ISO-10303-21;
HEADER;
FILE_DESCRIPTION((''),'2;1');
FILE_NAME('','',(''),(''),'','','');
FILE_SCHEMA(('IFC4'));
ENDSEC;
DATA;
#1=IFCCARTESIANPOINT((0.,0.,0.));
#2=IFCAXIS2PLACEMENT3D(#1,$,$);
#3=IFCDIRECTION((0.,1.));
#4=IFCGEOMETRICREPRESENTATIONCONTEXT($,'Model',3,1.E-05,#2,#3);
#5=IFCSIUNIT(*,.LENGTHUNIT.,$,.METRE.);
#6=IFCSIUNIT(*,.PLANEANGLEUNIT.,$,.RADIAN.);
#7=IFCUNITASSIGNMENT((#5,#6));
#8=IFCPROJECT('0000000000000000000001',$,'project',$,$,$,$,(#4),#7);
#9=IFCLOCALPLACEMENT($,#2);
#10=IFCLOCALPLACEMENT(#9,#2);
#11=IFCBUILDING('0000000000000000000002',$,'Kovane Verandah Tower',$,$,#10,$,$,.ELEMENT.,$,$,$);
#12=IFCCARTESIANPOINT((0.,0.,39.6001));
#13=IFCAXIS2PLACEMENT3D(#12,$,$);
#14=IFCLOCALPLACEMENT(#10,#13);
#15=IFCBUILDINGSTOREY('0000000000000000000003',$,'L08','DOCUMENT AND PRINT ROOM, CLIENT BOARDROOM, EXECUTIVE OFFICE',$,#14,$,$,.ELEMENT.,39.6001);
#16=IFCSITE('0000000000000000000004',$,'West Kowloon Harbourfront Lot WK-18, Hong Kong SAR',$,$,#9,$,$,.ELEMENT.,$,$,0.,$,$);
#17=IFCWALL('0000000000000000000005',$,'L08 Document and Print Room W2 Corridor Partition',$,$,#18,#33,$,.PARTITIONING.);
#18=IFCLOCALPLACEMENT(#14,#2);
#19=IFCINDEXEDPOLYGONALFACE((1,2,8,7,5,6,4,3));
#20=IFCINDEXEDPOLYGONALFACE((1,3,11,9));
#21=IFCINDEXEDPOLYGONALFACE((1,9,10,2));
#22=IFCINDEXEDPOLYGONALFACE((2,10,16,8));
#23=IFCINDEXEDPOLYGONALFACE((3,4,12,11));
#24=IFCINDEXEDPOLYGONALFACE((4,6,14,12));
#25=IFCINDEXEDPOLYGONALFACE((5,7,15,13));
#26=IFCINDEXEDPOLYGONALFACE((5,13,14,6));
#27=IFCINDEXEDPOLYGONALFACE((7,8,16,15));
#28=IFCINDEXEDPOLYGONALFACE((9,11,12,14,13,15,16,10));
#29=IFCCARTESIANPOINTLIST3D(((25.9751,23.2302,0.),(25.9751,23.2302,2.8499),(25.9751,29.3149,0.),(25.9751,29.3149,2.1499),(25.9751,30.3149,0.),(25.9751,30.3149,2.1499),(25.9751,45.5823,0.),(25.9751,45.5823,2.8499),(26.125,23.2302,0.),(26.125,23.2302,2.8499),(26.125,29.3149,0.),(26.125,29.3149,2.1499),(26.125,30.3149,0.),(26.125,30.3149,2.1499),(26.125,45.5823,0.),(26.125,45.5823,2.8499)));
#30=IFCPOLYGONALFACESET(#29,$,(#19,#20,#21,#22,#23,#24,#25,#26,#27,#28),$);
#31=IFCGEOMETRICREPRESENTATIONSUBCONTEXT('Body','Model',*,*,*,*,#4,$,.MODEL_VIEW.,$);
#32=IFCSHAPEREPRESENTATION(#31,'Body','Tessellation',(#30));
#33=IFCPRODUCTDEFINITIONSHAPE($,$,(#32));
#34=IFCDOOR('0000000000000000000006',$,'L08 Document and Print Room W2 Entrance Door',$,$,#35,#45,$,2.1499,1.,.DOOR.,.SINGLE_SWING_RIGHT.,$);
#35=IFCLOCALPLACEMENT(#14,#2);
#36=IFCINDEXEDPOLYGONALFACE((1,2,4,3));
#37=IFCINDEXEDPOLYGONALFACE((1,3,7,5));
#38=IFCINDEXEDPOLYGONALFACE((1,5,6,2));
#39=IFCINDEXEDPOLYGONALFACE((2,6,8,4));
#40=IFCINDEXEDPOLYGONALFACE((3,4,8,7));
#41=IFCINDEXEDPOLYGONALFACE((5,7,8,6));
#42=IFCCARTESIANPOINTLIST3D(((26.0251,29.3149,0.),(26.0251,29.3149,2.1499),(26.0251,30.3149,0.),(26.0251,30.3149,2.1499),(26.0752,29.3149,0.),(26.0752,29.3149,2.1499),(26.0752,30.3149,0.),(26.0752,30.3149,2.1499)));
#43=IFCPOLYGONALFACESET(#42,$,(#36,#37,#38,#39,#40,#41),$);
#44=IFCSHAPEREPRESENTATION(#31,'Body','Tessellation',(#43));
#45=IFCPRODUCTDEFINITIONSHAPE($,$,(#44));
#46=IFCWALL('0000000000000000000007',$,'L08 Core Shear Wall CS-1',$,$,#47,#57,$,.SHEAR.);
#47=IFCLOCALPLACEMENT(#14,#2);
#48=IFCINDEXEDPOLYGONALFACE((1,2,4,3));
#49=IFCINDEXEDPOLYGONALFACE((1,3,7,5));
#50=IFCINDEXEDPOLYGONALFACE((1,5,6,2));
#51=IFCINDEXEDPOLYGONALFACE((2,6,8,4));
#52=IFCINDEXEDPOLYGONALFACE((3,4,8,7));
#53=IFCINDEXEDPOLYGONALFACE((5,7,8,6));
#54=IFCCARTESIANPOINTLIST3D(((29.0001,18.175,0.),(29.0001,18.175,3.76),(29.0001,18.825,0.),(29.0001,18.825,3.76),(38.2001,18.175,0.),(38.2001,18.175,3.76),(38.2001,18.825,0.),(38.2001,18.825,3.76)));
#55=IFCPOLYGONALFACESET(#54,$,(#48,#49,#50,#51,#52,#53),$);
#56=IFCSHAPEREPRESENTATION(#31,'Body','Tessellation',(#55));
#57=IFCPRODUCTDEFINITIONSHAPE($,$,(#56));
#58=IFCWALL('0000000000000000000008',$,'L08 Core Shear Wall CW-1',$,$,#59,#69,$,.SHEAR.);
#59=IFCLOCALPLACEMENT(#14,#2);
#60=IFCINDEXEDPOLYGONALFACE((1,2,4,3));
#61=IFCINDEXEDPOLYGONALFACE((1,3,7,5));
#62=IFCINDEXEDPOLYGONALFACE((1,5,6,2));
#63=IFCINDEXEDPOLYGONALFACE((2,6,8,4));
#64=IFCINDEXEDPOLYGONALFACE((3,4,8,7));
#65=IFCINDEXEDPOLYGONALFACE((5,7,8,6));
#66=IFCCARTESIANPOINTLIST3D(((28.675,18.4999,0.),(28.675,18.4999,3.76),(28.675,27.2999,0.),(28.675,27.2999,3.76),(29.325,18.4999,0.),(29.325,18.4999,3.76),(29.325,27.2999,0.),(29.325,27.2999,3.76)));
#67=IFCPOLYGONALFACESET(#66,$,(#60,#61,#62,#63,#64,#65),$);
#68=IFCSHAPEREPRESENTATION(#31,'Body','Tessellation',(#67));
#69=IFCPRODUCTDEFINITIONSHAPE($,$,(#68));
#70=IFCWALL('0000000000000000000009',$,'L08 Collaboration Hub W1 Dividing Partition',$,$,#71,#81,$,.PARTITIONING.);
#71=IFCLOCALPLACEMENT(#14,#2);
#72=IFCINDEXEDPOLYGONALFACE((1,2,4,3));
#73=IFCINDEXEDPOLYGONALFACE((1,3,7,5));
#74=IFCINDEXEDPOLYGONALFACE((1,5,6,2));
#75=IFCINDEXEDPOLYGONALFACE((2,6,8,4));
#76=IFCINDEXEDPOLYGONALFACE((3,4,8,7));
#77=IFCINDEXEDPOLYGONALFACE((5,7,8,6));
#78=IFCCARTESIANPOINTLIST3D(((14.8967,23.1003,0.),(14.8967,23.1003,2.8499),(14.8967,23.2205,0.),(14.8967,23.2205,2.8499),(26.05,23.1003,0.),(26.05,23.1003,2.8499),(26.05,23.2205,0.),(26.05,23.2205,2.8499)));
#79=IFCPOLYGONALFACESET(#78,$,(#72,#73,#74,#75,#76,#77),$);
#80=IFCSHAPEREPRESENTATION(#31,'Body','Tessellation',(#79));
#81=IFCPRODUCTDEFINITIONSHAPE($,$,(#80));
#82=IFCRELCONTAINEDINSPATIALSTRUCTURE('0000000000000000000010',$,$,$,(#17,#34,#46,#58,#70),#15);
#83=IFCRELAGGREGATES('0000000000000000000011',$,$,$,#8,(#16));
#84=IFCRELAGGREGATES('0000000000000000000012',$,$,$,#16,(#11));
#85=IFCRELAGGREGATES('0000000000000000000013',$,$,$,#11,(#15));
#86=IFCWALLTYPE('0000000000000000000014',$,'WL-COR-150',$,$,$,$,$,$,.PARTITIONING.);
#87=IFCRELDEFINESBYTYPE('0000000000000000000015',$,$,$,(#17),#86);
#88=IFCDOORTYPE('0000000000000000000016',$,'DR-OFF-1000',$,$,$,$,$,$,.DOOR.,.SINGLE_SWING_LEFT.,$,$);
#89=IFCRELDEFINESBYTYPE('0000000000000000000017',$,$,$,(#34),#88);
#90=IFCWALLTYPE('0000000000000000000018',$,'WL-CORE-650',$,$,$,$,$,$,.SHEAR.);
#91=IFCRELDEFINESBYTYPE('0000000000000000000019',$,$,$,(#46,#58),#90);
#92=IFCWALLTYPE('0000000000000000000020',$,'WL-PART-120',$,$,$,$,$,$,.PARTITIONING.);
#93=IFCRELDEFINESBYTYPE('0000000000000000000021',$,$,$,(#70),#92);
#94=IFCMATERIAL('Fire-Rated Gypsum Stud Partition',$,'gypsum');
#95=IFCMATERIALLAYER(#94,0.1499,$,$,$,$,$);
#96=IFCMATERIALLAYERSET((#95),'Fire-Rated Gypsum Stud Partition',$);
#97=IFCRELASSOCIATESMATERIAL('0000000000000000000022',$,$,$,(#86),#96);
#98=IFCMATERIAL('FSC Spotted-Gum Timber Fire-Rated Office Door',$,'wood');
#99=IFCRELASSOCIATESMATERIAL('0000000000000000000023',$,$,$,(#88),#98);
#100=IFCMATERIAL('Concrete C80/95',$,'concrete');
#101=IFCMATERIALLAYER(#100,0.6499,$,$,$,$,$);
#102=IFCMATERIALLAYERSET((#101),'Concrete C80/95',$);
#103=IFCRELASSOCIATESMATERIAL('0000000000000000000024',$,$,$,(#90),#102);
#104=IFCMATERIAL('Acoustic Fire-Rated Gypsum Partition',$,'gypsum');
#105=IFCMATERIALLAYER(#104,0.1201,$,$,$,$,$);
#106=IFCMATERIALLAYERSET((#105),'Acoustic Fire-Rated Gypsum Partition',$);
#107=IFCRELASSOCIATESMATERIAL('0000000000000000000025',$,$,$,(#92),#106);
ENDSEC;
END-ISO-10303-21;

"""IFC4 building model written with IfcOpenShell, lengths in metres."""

from ifc_helpers import new_model, si_unit, direction, frame, frame_2d, origin, place, context, subcontext, project, spatial, rectangle, extrude, material, layer, layer_set, type_object, element, fill, save


model = new_model("IFC4")

# Units and contexts
model_context = context("Model", 3, precision=1e-05, world=origin(), true_north=direction((0.0, 1.0)))
body_context = subcontext(model_context, "Body", "Model", "MODEL_VIEW")
ifc_project = project(units=[si_unit("LENGTHUNIT", "METRE"), si_unit("PLANEANGLEUNIT", "RADIAN")], contexts=[model_context])

# Site, building, storey
site_placement = place(None, origin())
site = spatial("IfcSite", under=ifc_project, at=site_placement, Name="West Kowloon Harbourfront Lot WK-18, Hong Kong SAR", CompositionType="ELEMENT", RefElevation=0.0)
building_placement = place(site_placement, origin())
building = spatial("IfcBuilding", under=site, at=building_placement, Name="Kovane Verandah Tower", CompositionType="ELEMENT")
storey_placement = place(building_placement, frame((0.0, 0.0, 39.6001)))
storey = spatial("IfcBuildingStorey", under=building, at=storey_placement, Name="L08", Description="DOCUMENT AND PRINT ROOM, CLIENT BOARDROOM, EXECUTIVE OFFICE", CompositionType="ELEMENT", Elevation=39.6001)

# Wall, opening, door
ifc_material_1 = material(Name="Fire-Rated Gypsum Stud Partition", Category="gypsum")
ifc_layer_1 = layer(ifc_material_1, 0.1499)
ifc_layer_set_1 = layer_set([ifc_layer_1], Name="Fire-Rated Gypsum Stud Partition")
wall_type_1 = type_object("IfcWallType", Name="WL-COR-150", PredefinedType="PARTITIONING", material=ifc_layer_set_1)
wall_1_placement = place(storey_placement, frame((26.05, 23.2302, 0.0), z_axis=(0.0, 0.0, 1.0), x_axis=(0.0, 1.0, 0.0)))
wall_1 = element("IfcWall", 1, at=wall_1_placement, inside=storey, type_object=wall_type_1, Name="L08 Document and Print Room W2 Corridor Partition", PredefinedType="PARTITIONING", context=body_context, shape_type="SweptSolid", body=[
    extrude(rectangle(XDim=22.3521, YDim=0.1499, at=frame_2d((11.176, 0.0))), origin(), (0.0, 0.0, 1.0), 2.8499),
])
opening_placement = place(wall_1_placement, frame((6.0847, 0.0, 0.0)))
opening = element("IfcOpeningElement", 2, at=opening_placement, cuts=wall_1, PredefinedType="OPENING", context=body_context, shape_type="SweptSolid", body=[
    extrude(rectangle(XDim=1.0, YDim=2.1499, at=frame_2d((0.5, 1.075))), frame((0.0, 0.075, 0.0), z_axis=(0.0, -1.0, 0.0), x_axis=(1.0, 0.0, 0.0)), (0.0, 0.0, 1.0), 0.1499),
])
ifc_material_2 = material(Name="FSC Spotted-Gum Timber Fire-Rated Office Door", Category="wood")
door_type = type_object("IfcDoorType", Name="DR-OFF-1000", OperationType="SINGLE_SWING_LEFT", PredefinedType="DOOR", material=ifc_material_2)
door_placement = place(opening_placement, origin())
door = element("IfcDoor", 3, at=door_placement, inside=storey, type_object=door_type, Name="L08 Document and Print Room W2 Entrance Door", OperationType="SINGLE_SWING_RIGHT", OverallHeight=2.1499, OverallWidth=1.0, PredefinedType="DOOR", context=body_context, shape_type="SweptSolid", body=[
    extrude(rectangle(XDim=1.0, YDim=2.1499, at=frame_2d((0.5, 1.075))), frame((0.0, 0.0249, 0.0), z_axis=(0.0, -1.0, 0.0), x_axis=(1.0, 0.0, 0.0)), (0.0, 0.0, 1.0), 0.05),
])
fill(opening, door)

# Walls
ifc_material_3 = material(Name="Concrete C80/95", Category="concrete")
ifc_layer_2 = layer(ifc_material_3, 0.6499)
ifc_layer_set_2 = layer_set([ifc_layer_2], Name="Concrete C80/95")
wall_type_2 = type_object("IfcWallType", Name="WL-CORE-650", PredefinedType="SHEAR", material=ifc_layer_set_2)
wall_2_placement = place(storey_placement, frame((29.0, 18.5, 0.0), z_axis=(0.0, 0.0, 1.0), x_axis=(1.0, 0.0, 0.0)))
element("IfcWall", 4, at=wall_2_placement, inside=storey, type_object=wall_type_2, Name="L08 Core Shear Wall CS-1", PredefinedType="SHEAR", context=body_context, shape_type="SweptSolid", body=[
    extrude(rectangle(XDim=9.2, YDim=0.6499, at=frame_2d((4.6001, 0.0))), origin(), (0.0, 0.0, 1.0), 3.76),
])
wall_3_placement = place(storey_placement, frame((29.0, 18.5, 0.0), z_axis=(0.0, 0.0, 1.0), x_axis=(0.0, 1.0, 0.0)))
element("IfcWall", 5, at=wall_3_placement, inside=storey, type_object=wall_type_2, Name="L08 Core Shear Wall CW-1", PredefinedType="SHEAR", context=body_context, shape_type="SweptSolid", body=[
    extrude(rectangle(XDim=8.8, YDim=0.6499, at=frame_2d((4.3999, 0.0))), origin(), (0.0, 0.0, 1.0), 3.76),
])
ifc_material_4 = material(Name="Acoustic Fire-Rated Gypsum Partition", Category="gypsum")
ifc_layer_3 = layer(ifc_material_4, 0.1201)
ifc_layer_set_3 = layer_set([ifc_layer_3], Name="Acoustic Fire-Rated Gypsum Partition")
wall_type_3 = type_object("IfcWallType", Name="WL-PART-120", PredefinedType="PARTITIONING", material=ifc_layer_set_3)
wall_4_placement = place(storey_placement, frame((14.8967, 23.1604, 0.0), z_axis=(0.0, 0.0, 1.0), x_axis=(1.0, 0.0, 0.0)))
element("IfcWall", 6, at=wall_4_placement, inside=storey, type_object=wall_type_3, Name="L08 Collaboration Hub W1 Dividing Partition", PredefinedType="PARTITIONING", context=body_context, shape_type="SweptSolid", body=[
    extrude(rectangle(XDim=11.1533, YDim=0.1201, at=frame_2d((5.5767, 0.0))), origin(), (0.0, 0.0, 1.0), 2.8499),
])

save(model, "model.ifc")
